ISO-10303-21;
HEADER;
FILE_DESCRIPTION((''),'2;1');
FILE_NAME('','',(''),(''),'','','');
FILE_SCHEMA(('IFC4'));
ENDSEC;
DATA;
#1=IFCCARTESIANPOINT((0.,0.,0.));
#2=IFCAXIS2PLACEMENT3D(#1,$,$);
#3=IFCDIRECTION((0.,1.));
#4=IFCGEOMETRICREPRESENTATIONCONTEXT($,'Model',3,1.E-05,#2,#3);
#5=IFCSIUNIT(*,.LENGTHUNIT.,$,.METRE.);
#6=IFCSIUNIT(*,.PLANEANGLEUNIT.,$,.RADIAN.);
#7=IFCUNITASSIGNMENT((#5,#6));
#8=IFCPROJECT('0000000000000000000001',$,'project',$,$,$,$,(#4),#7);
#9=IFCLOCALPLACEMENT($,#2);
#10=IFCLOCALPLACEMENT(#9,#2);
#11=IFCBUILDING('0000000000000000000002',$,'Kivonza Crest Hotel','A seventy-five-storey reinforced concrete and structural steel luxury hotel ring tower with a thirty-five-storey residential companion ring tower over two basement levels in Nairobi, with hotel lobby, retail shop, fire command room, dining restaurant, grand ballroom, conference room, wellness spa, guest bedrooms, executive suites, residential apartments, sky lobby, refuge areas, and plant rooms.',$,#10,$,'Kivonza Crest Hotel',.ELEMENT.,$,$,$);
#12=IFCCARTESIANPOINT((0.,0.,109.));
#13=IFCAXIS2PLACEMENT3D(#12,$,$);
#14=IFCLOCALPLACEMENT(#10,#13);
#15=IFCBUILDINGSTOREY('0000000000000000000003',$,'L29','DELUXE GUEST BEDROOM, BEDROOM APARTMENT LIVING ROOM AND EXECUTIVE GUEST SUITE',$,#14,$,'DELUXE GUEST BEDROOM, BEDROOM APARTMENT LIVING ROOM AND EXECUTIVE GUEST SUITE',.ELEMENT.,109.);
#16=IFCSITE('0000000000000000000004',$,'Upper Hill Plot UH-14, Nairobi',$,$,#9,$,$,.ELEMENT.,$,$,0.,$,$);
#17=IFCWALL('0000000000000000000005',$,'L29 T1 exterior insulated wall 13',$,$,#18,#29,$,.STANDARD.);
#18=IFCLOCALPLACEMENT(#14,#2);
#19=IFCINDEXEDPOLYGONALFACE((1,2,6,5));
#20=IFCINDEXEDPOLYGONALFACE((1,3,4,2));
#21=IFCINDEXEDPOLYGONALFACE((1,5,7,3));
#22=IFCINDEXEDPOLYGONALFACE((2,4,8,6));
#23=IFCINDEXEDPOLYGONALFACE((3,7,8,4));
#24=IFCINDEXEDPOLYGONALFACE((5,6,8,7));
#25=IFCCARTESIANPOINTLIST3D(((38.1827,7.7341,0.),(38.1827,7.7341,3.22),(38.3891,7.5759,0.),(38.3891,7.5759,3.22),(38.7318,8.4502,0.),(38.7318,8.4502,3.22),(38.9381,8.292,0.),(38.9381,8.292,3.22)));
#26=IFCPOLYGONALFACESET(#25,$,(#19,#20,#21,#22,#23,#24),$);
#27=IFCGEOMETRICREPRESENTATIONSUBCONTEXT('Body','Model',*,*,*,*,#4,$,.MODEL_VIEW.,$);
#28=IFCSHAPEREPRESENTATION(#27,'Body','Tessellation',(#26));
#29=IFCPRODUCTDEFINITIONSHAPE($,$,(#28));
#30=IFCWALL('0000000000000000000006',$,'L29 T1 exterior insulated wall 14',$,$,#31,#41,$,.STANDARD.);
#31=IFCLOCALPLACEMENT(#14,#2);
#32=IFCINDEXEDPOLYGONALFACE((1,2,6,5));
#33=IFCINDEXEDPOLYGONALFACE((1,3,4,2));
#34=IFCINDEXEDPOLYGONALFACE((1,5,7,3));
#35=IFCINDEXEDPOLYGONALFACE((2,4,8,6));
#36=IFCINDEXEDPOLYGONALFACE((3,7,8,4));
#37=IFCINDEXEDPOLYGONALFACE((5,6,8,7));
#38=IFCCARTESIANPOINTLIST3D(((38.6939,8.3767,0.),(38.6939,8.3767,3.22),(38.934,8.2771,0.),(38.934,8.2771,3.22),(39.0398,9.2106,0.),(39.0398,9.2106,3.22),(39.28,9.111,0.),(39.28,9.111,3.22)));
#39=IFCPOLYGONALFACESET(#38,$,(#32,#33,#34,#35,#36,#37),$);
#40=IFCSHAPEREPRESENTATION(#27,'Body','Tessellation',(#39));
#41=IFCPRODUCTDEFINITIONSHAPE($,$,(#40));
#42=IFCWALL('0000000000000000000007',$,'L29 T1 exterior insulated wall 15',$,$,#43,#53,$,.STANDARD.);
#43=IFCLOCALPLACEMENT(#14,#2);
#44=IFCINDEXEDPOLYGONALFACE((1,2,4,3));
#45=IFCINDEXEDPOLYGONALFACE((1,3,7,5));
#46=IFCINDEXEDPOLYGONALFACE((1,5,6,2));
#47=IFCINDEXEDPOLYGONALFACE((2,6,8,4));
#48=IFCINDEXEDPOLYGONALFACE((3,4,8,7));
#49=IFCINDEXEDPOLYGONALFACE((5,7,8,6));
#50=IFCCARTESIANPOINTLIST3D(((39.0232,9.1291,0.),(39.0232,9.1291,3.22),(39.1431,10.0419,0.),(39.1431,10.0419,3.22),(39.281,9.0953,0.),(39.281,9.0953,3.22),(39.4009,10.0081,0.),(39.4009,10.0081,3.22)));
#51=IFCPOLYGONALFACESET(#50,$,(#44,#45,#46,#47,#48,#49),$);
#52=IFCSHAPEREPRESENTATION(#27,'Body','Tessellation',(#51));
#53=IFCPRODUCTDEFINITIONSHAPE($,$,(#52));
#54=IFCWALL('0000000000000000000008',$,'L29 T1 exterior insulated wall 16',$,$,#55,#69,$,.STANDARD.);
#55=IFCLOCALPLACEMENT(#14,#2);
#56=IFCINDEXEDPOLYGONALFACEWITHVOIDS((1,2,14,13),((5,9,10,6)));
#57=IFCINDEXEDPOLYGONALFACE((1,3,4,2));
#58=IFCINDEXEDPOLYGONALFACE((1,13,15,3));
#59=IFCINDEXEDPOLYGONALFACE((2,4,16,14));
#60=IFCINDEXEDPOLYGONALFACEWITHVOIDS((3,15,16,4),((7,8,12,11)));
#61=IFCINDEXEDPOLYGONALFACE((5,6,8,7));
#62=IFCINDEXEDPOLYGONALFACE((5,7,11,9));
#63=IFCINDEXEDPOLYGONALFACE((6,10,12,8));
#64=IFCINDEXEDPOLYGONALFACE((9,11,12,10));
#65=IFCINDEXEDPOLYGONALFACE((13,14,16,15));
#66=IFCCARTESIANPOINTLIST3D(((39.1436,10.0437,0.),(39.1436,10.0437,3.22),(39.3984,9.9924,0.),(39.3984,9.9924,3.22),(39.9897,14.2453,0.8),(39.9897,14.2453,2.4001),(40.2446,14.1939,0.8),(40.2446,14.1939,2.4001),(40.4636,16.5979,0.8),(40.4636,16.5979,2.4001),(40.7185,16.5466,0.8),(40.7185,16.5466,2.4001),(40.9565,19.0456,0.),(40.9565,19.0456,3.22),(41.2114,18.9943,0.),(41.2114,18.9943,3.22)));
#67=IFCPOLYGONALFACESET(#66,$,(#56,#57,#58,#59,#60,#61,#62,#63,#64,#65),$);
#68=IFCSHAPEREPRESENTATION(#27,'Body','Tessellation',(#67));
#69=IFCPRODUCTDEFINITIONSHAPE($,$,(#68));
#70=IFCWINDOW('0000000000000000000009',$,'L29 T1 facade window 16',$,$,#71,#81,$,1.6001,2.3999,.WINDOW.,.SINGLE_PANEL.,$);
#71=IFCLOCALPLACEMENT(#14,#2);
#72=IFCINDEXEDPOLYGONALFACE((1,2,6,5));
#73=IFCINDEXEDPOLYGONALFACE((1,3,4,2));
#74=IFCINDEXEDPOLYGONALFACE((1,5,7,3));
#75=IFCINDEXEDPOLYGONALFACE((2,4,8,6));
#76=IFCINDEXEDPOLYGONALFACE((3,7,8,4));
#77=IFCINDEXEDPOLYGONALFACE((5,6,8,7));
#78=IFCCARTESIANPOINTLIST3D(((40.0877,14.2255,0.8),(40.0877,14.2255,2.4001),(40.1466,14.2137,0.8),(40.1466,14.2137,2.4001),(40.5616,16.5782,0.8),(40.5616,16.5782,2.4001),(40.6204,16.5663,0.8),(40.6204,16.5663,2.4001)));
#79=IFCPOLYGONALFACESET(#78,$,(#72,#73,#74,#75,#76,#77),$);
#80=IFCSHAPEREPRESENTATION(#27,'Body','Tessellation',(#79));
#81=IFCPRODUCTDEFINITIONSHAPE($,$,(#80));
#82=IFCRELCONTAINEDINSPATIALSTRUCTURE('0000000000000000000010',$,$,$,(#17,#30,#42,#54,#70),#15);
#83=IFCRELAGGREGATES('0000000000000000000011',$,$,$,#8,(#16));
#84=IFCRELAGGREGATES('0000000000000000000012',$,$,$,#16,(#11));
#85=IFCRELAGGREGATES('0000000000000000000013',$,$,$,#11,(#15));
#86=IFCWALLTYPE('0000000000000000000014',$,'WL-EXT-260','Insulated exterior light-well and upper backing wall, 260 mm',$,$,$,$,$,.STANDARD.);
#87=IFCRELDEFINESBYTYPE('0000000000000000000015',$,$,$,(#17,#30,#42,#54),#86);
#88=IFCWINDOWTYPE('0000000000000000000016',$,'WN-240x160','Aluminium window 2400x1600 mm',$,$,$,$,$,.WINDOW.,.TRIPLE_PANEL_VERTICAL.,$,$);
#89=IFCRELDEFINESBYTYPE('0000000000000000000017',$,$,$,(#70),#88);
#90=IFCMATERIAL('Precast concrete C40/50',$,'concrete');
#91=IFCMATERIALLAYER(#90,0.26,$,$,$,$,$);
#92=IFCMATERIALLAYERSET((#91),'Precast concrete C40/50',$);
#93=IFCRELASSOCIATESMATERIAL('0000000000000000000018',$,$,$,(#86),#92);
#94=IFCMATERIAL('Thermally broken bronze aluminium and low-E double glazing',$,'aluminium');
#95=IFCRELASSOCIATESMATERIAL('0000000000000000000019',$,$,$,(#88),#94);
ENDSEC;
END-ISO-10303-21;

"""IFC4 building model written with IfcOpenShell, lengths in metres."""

from ifc_helpers import new_model, si_unit, direction, frame, frame_2d, origin, place, context, subcontext, project, spatial, rectangle, extrude, material, layer, layer_set, type_object, element, fill, save


model = new_model("IFC4")

# Units and contexts
model_context = context("Model", 3, precision=1e-05, world=origin(), true_north=direction((0.0, 1.0)))
body_context = subcontext(model_context, "Body", "Model", "MODEL_VIEW")
ifc_project = project(units=[si_unit("LENGTHUNIT", "METRE"), si_unit("PLANEANGLEUNIT", "RADIAN")], contexts=[model_context])

# Site, building, storey
site_placement = place(None, origin())
site = spatial("IfcSite", under=ifc_project, at=site_placement, Name="Upper Hill Plot UH-14, Nairobi", CompositionType="ELEMENT", RefElevation=0.0)
building_placement = place(site_placement, origin())
building = spatial("IfcBuilding", under=site, at=building_placement, Name="Kivonza Crest Hotel", Description="A seventy-five-storey reinforced concrete and structural steel luxury hotel ring tower with a thirty-five-storey residential companion ring tower over two basement levels in Nairobi, with hotel lobby, retail shop, fire command room, dining restaurant, grand ballroom, conference room, wellness spa, guest bedrooms, executive suites, residential apartments, sky lobby, refuge areas, and plant rooms.", LongName="Kivonza Crest Hotel", CompositionType="ELEMENT")
storey_placement = place(building_placement, frame((0.0, 0.0, 109.0)))
storey = spatial("IfcBuildingStorey", under=building, at=storey_placement, Name="L29", Description="DELUXE GUEST BEDROOM, BEDROOM APARTMENT LIVING ROOM AND EXECUTIVE GUEST SUITE", LongName="DELUXE GUEST BEDROOM, BEDROOM APARTMENT LIVING ROOM AND EXECUTIVE GUEST SUITE", CompositionType="ELEMENT", Elevation=109.0)

# Walls
ifc_material_1 = material(Name="Precast concrete C40/50", Category="concrete")
ifc_layer_1 = layer(ifc_material_1, 0.26)
ifc_layer_set_1 = layer_set([ifc_layer_1], Name="Precast concrete C40/50")
wall_type_1 = type_object("IfcWallType", Name="WL-EXT-260", Description="Insulated exterior light-well and upper backing wall, 260 mm", PredefinedType="STANDARD", material=ifc_layer_set_1)
wall_1_placement = place(storey_placement, frame((38.2859, 7.655, 0.0), z_axis=(0.0, 0.0, 1.0), x_axis=(0.608494, 0.793558, 0.0)))
element("IfcWall", 1, at=wall_1_placement, inside=storey, type_object=wall_type_1, Name="L29 T1 exterior insulated wall 13", PredefinedType="STANDARD", context=body_context, shape_type="SweptSolid", body=[
    extrude(rectangle(XDim=0.9023, YDim=0.26, at=frame_2d((0.4512, 0.0))), origin(), (0.0, 0.0, 1.0), 3.22),
])
wall_2_placement = place(storey_placement, frame((38.814, 8.3269, 0.0), z_axis=(0.0, 0.0, 1.0), x_axis=(0.383156, 0.923684, 0.0)))
element("IfcWall", 2, at=wall_2_placement, inside=storey, type_object=wall_type_1, Name="L29 T1 exterior insulated wall 14", PredefinedType="STANDARD", context=body_context, shape_type="SweptSolid", body=[
    extrude(rectangle(XDim=0.9028, YDim=0.26, at=frame_2d((0.4514, 0.0))), origin(), (0.0, 0.0, 1.0), 3.22),
])
wall_3_placement = place(storey_placement, frame((39.1521, 9.1121, 0.0), z_axis=(0.0, 0.0, 1.0), x_axis=(0.130201, 0.991488, 0.0)))
element("IfcWall", 3, at=wall_3_placement, inside=storey, type_object=wall_type_1, Name="L29 T1 exterior insulated wall 15", PredefinedType="STANDARD", context=body_context, shape_type="SweptSolid", body=[
    extrude(rectangle(XDim=0.9207, YDim=0.26, at=frame_2d((0.4604, 0.0))), origin(), (0.0, 0.0, 1.0), 3.22),
])

# Wall, opening, window
wall_4_placement = place(storey_placement, frame((39.271, 10.0181, 0.0), z_axis=(0.0, 0.0, 1.0), x_axis=(0.197435, 0.980316, 0.0)))
wall_4 = element("IfcWall", 4, at=wall_4_placement, inside=storey, type_object=wall_type_1, Name="L29 T1 exterior insulated wall 16", PredefinedType="STANDARD", context=body_context, shape_type="SweptSolid", body=[
    extrude(rectangle(XDim=9.1826, YDim=0.26, at=frame_2d((4.5913, 0.0))), origin(), (0.0, 0.0, 1.0), 3.22),
])
opening_1_placement = place(wall_4_placement, frame((4.2859, 0.0, 0.8)))
opening_1 = element("IfcOpeningElement", 5, at=opening_1_placement, cuts=wall_4, PredefinedType="OPENING", context=body_context, shape_type="SweptSolid", body=[
    extrude(rectangle(XDim=2.3999, YDim=1.6001, at=frame_2d((1.2, 0.8))), frame((0.0, 0.1401, 0.0), z_axis=(0.0, -1.0, 0.0), x_axis=(1.0, 0.0, 0.0)), (0.0, 0.0, 1.0), 0.28),
])
ifc_material_2 = material(Name="Thermally broken bronze aluminium and low-E double glazing", Category="aluminium")
window_type = type_object("IfcWindowType", Name="WN-240x160", Description="Aluminium window 2400x1600 mm", PartitioningType="TRIPLE_PANEL_VERTICAL", PredefinedType="WINDOW", material=ifc_material_2)
window_placement = place(opening_1_placement, origin())
window = element("IfcWindow", 6, at=window_placement, inside=storey, type_object=window_type, Name="L29 T1 facade window 16", OverallHeight=1.6001, OverallWidth=2.3999, PartitioningType="SINGLE_PANEL", PredefinedType="WINDOW", context=body_context, shape_type="SweptSolid", body=[
    extrude(rectangle(XDim=2.3999, YDim=1.6001, at=frame_2d((1.2, 0.8))), frame((0.0, 0.03, 0.0), z_axis=(0.0, -1.0, 0.0), x_axis=(1.0, 0.0, 0.0)), (0.0, 0.0, 1.0), 0.0601),
])
fill(opening_1, window)

save(model, "model.ifc")
